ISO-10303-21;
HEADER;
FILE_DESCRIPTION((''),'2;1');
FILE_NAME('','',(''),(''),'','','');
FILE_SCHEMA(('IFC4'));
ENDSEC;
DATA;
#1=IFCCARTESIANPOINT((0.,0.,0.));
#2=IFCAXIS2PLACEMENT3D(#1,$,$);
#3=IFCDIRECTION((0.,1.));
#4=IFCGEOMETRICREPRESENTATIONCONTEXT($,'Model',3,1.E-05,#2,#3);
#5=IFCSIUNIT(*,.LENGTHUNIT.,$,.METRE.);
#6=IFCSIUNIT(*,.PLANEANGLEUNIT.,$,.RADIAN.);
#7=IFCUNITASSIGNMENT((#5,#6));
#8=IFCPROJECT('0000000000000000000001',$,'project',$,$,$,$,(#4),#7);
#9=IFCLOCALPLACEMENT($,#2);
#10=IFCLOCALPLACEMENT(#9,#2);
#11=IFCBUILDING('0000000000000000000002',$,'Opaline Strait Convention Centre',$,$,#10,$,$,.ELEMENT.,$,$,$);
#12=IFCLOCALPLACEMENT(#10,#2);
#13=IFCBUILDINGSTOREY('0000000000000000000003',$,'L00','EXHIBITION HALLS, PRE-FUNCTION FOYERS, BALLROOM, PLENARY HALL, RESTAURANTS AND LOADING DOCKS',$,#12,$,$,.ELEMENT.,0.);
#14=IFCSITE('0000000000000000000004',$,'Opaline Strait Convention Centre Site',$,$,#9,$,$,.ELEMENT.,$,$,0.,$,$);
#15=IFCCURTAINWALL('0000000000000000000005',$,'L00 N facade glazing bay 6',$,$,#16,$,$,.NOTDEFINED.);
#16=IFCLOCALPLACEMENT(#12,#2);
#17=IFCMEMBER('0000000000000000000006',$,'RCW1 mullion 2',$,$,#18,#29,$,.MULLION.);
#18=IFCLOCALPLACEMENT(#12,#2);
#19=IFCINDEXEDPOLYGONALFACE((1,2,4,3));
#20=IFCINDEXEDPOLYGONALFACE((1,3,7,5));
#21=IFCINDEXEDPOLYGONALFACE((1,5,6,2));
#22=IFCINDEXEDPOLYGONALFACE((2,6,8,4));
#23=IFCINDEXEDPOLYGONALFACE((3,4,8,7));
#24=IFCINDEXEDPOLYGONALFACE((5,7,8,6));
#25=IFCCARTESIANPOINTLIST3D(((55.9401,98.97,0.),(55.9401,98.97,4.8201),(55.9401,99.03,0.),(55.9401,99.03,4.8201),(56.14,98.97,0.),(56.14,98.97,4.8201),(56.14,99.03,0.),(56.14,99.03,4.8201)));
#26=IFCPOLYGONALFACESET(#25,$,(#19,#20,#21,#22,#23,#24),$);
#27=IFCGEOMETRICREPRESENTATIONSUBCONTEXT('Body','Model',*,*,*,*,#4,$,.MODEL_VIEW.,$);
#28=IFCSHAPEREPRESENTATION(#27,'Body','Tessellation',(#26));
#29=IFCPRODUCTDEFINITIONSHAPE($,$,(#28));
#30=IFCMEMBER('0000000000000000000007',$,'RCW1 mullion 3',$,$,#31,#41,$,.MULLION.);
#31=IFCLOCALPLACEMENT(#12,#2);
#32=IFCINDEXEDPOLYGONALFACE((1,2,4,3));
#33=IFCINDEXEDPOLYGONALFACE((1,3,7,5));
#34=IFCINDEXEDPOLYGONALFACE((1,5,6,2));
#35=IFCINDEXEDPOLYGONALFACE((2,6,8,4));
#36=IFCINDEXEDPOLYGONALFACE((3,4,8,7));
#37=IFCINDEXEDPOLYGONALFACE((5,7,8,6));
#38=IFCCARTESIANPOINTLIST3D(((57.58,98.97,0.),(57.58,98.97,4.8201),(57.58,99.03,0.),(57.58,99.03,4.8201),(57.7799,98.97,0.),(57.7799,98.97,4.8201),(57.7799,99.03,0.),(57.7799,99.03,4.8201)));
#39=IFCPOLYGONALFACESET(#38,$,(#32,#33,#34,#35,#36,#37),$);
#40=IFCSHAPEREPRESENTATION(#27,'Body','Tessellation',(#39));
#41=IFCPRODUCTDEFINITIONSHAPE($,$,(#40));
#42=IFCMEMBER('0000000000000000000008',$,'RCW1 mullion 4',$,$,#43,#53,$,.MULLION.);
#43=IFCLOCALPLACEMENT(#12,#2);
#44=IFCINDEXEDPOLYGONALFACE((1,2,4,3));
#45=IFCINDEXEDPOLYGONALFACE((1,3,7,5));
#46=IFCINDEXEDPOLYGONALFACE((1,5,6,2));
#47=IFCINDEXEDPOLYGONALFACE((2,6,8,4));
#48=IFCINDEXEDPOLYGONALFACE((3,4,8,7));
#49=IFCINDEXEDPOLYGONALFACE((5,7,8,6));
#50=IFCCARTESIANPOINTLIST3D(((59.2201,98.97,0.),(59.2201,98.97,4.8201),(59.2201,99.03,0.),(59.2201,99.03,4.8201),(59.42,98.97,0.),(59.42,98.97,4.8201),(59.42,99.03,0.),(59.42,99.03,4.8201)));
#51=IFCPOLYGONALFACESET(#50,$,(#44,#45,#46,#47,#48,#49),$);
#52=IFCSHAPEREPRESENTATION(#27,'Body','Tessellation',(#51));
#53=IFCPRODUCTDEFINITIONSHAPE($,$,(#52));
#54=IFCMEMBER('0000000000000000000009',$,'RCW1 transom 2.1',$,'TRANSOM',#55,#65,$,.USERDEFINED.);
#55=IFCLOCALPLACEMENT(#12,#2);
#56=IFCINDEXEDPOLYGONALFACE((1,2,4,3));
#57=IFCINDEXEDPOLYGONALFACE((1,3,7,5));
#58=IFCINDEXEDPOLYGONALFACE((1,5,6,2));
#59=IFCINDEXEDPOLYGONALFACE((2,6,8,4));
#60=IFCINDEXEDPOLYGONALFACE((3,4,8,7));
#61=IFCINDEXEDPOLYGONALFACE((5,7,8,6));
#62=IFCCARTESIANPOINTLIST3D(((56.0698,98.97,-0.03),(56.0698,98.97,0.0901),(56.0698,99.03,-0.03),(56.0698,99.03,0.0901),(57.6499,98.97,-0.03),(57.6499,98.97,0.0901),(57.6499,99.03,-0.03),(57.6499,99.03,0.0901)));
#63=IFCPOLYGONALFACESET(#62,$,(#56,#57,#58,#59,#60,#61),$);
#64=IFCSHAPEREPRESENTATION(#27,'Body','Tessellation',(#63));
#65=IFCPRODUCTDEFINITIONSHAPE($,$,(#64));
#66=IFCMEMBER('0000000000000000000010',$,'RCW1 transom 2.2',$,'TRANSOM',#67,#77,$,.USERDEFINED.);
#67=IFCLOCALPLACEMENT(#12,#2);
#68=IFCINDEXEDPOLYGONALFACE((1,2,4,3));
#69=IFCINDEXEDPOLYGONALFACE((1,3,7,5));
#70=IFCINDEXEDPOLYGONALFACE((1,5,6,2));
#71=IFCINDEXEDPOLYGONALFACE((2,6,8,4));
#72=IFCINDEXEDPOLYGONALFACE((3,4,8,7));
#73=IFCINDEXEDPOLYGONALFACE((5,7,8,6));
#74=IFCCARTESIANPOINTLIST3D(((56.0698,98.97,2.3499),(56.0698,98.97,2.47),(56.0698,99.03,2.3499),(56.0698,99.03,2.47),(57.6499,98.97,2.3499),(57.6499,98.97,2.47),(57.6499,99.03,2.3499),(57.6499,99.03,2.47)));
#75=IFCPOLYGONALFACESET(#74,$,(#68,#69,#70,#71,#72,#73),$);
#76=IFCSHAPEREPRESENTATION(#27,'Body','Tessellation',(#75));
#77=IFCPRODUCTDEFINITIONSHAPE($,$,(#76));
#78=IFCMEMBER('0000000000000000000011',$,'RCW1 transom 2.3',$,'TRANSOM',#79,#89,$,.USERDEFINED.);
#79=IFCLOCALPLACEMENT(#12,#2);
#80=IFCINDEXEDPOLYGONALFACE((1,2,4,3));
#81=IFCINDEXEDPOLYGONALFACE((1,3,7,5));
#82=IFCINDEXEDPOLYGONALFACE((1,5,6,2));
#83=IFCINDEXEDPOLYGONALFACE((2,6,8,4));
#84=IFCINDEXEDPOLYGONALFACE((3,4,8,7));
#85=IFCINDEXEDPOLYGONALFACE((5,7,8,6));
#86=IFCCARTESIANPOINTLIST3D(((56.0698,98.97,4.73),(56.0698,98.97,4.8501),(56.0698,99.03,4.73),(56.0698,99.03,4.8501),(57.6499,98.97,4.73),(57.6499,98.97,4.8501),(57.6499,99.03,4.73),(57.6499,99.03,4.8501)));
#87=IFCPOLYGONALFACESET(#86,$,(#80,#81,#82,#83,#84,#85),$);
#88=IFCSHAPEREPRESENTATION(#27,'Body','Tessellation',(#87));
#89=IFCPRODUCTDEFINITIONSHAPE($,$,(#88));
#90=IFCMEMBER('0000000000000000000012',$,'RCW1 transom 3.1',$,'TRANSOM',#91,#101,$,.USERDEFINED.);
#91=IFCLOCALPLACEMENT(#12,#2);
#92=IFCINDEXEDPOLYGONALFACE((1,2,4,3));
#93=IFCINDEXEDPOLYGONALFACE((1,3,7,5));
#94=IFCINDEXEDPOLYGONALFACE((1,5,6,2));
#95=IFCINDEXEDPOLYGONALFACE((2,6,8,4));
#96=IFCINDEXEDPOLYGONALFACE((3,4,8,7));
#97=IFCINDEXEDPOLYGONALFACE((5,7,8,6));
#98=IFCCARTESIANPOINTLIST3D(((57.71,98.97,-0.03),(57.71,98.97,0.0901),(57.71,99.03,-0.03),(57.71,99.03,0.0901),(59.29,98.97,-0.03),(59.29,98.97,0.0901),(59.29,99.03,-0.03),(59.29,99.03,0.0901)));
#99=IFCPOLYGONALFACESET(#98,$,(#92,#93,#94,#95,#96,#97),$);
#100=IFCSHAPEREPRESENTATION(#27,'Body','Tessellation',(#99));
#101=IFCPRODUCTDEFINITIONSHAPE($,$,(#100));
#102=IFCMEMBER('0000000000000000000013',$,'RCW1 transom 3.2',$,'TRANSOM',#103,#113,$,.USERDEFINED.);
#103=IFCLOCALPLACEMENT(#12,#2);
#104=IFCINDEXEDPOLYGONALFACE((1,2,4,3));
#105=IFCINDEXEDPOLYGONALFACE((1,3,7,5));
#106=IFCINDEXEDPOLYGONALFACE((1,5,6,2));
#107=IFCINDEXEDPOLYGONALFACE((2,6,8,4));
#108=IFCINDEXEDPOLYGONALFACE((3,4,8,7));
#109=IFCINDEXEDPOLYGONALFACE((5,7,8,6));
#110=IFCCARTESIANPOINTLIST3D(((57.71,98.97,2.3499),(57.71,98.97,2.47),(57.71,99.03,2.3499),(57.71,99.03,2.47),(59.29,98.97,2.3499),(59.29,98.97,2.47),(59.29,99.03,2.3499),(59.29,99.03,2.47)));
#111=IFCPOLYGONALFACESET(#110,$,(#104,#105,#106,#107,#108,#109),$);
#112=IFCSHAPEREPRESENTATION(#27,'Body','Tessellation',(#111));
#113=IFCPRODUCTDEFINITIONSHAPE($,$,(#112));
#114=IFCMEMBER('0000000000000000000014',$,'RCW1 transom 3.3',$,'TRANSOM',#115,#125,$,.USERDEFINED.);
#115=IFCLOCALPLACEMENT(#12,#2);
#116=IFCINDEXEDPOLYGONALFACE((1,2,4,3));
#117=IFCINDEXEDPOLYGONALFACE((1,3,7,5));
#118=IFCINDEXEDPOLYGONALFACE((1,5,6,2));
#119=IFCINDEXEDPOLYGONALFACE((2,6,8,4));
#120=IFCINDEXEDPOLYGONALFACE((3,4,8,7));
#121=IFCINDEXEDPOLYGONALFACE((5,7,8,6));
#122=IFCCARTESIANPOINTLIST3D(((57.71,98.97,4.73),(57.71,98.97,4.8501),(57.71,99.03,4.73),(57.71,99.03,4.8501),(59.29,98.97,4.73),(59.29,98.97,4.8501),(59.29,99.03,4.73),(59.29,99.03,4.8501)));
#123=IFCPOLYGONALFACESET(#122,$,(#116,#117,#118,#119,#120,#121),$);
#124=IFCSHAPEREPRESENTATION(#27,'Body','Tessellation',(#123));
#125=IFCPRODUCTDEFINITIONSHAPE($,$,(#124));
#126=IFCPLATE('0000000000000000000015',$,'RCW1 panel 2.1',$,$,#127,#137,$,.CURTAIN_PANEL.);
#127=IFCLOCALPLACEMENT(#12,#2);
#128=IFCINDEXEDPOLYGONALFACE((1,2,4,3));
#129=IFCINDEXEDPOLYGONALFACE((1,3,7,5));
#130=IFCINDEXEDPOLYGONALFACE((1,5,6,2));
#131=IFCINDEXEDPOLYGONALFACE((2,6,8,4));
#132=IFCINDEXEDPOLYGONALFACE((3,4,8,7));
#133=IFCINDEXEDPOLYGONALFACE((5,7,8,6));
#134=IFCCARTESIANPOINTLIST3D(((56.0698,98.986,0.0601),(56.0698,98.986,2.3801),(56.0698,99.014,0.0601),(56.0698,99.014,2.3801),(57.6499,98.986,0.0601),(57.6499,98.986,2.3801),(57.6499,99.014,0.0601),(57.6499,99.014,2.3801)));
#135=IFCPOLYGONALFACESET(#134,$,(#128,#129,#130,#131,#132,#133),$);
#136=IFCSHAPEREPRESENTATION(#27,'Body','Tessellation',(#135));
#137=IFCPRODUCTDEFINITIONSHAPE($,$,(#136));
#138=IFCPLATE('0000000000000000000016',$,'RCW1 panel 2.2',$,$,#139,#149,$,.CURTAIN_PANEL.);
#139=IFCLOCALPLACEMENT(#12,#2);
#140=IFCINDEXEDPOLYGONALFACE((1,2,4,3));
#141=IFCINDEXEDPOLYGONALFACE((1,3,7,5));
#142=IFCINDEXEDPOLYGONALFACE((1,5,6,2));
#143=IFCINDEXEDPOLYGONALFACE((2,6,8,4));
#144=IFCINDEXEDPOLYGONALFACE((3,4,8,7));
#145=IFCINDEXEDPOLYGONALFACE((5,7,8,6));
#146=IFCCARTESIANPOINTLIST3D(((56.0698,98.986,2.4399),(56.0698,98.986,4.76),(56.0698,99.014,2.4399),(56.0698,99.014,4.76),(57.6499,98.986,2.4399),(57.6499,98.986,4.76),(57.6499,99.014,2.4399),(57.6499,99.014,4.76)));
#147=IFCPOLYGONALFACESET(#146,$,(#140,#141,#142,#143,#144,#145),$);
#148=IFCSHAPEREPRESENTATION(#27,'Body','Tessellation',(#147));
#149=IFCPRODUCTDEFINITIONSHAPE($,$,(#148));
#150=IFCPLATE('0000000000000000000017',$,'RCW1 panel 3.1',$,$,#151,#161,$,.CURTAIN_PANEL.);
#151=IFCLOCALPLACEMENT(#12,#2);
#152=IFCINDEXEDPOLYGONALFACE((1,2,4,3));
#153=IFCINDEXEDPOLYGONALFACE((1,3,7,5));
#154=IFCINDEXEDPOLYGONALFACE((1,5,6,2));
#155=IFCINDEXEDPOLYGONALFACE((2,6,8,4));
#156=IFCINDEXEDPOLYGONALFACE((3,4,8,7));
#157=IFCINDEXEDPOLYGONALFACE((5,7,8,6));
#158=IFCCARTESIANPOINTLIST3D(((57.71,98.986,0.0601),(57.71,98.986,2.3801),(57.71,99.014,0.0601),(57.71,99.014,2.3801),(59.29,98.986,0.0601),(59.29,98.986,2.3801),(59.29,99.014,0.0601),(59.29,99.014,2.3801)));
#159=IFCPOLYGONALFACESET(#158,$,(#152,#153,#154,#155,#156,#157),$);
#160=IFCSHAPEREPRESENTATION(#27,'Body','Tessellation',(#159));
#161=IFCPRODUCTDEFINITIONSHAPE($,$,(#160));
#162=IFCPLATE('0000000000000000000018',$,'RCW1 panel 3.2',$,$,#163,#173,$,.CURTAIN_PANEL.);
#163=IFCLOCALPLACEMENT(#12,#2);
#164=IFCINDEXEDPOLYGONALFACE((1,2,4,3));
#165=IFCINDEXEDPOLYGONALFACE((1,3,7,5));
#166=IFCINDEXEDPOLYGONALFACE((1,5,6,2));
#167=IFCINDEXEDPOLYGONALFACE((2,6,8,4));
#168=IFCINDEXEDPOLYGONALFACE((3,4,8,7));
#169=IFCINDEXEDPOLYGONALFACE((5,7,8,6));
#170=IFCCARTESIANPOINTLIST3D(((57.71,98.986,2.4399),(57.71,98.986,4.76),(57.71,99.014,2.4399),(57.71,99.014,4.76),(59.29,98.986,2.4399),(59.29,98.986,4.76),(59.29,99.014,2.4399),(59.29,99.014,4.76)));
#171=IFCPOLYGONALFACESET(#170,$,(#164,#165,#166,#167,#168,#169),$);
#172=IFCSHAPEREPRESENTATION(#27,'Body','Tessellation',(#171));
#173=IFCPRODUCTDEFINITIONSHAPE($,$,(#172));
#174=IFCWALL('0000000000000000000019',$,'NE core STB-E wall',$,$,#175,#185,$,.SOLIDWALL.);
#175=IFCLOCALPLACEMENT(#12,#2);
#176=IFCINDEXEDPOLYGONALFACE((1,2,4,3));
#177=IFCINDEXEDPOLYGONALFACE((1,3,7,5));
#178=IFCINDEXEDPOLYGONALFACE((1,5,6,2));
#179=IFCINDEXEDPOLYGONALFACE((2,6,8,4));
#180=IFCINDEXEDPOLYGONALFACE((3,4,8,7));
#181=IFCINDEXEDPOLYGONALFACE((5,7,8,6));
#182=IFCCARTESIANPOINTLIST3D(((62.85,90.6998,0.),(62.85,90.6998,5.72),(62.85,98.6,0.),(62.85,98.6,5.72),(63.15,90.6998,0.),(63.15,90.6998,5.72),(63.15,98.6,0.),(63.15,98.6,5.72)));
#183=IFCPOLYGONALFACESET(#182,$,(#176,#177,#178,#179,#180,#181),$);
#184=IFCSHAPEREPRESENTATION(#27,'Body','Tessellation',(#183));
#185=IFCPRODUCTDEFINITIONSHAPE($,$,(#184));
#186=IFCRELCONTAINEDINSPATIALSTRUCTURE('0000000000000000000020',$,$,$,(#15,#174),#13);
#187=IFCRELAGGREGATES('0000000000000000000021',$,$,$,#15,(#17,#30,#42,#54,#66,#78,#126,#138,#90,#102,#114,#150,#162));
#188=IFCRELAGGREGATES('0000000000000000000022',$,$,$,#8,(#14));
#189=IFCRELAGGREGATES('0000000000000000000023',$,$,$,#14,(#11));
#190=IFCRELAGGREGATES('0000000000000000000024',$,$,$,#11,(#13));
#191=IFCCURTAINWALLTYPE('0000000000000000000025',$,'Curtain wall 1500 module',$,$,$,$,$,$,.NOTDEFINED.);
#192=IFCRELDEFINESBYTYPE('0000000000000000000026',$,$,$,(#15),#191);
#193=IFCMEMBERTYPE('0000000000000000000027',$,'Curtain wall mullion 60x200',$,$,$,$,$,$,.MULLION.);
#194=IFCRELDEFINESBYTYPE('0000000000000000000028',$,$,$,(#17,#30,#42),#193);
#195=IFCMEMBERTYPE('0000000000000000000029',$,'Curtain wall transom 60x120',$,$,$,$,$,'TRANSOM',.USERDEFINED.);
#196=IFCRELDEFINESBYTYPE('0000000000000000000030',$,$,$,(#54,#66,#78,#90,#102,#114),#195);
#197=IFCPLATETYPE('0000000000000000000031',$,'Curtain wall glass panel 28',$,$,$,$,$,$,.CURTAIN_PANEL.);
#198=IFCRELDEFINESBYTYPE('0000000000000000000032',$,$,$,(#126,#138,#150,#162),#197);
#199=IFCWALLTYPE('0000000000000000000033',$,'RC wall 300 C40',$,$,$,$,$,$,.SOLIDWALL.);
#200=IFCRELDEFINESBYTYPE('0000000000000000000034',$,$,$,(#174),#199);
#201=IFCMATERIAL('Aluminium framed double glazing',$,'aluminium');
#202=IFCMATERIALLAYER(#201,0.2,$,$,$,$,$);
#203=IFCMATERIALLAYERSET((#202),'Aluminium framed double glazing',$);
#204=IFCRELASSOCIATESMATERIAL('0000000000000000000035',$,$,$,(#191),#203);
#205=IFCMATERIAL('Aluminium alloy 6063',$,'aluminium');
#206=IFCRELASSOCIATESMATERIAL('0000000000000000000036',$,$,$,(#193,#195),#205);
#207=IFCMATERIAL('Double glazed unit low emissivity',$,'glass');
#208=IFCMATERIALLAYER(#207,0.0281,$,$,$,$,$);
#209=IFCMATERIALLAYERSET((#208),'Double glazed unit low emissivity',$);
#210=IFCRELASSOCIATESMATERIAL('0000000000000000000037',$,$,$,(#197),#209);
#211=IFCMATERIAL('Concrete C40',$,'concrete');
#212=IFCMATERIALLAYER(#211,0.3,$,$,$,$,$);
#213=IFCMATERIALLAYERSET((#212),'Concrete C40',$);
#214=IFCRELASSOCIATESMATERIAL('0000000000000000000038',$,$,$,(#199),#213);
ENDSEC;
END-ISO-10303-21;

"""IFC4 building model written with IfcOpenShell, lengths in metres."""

from ifc_helpers import new_model, si_unit, direction, frame, frame_2d, origin, origin_2d, place, context, subcontext, project, spatial, rectangle, extrude, material, layer, layer_set, material_profile, profile_set, type_object, element, aggregate, save


model = new_model("IFC4")

# Units and contexts
model_context = context("Model", 3, precision=1e-05, world=origin(), true_north=direction((0.0, 1.0)))
body_context = subcontext(model_context, "Body", "Model", "MODEL_VIEW")
ifc_project = project(units=[si_unit("LENGTHUNIT", "METRE"), si_unit("PLANEANGLEUNIT", "RADIAN")], contexts=[model_context])

# Site, building, storey
site_placement = place(None, origin())
site = spatial("IfcSite", under=ifc_project, at=site_placement, Name="Opaline Strait Convention Centre Site", CompositionType="ELEMENT", RefElevation=0.0)
building_placement = place(site_placement, origin())
building = spatial("IfcBuilding", under=site, at=building_placement, Name="Opaline Strait Convention Centre", CompositionType="ELEMENT")
storey_placement = place(building_placement, origin())
storey = spatial("IfcBuildingStorey", under=building, at=storey_placement, Name="L00", Description="EXHIBITION HALLS, PRE-FUNCTION FOYERS, BALLROOM, PLENARY HALL, RESTAURANTS AND LOADING DOCKS", CompositionType="ELEMENT", Elevation=0.0)

# Shared definitions
ifc_material_1 = material(Name="Concrete C40", Category="concrete")

# Curtain wall, members, plates
ifc_material_2 = material(Name="Aluminium framed double glazing", Category="aluminium")
ifc_layer_1 = layer(ifc_material_2, 0.2)
ifc_layer_set_1 = layer_set([ifc_layer_1], Name="Aluminium framed double glazing")
curtain_wall_type = type_object("IfcCurtainWallType", Name="Curtain wall 1500 module", PredefinedType="NOTDEFINED", material=ifc_layer_set_1)
curtain_wall_placement = place(storey_placement, origin())
curtain_wall = element("IfcCurtainWall", 1, at=curtain_wall_placement, inside=storey, type_object=curtain_wall_type, Name="L00 N facade glazing bay 6", PredefinedType="NOTDEFINED")
ifc_material_3 = material(Name="Aluminium alloy 6063", Category="aluminium")
ifc_material_profile_1 = material_profile(ifc_material_3, rectangle(XDim=0.0601, YDim=0.2, at=origin_2d()), Name="Curtain wall mullion 60x200")
ifc_profile_set_1 = profile_set([ifc_material_profile_1], Name="Aluminium alloy 6063")
member_type_1 = type_object("IfcMemberType", Name="Curtain wall mullion 60x200", PredefinedType="MULLION", material=ifc_profile_set_1)
member_1_placement = place(storey_placement, frame((56.04, 99.0, 0.0), z_axis=(0.0, 0.0, 1.0), x_axis=(0.0, 1.0, 0.0)))
member_1 = element("IfcMember", 2, at=member_1_placement, type_object=member_type_1, Name="RCW1 mullion 2", PredefinedType="MULLION", context=body_context, shape_type="SweptSolid", body=[
    extrude(rectangle(XDim=0.0601, YDim=0.2, at=origin_2d()), origin(), (0.0, 0.0, 1.0), 4.8201),
])
member_2_placement = place(storey_placement, frame((57.6799, 99.0, 0.0), z_axis=(0.0, 0.0, 1.0), x_axis=(0.0, 1.0, 0.0)))
member_2 = element("IfcMember", 3, at=member_2_placement, type_object=member_type_1, Name="RCW1 mullion 3", PredefinedType="MULLION", context=body_context, shape_type="SweptSolid", body=[
    extrude(rectangle(XDim=0.0601, YDim=0.2, at=origin_2d()), origin(), (0.0, 0.0, 1.0), 4.8201),
])
member_3_placement = place(storey_placement, frame((59.3201, 99.0, 0.0), z_axis=(0.0, 0.0, 1.0), x_axis=(0.0, 1.0, 0.0)))
member_3 = element("IfcMember", 4, at=member_3_placement, type_object=member_type_1, Name="RCW1 mullion 4", PredefinedType="MULLION", context=body_context, shape_type="SweptSolid", body=[
    extrude(rectangle(XDim=0.0601, YDim=0.2, at=origin_2d()), origin(), (0.0, 0.0, 1.0), 4.8201),
])
ifc_material_profile_2 = material_profile(ifc_material_3, rectangle(XDim=0.0601, YDim=0.1201, at=origin_2d()), Name="Curtain wall transom 60x120")
ifc_profile_set_2 = profile_set([ifc_material_profile_2], Name="Aluminium alloy 6063")
member_type_2 = type_object("IfcMemberType", Name="Curtain wall transom 60x120", ElementType="TRANSOM", PredefinedType="USERDEFINED", material=ifc_profile_set_2)
member_4_placement = place(storey_placement, frame((56.0698, 99.0, 0.03), z_axis=(1.0, 0.0, 0.0), x_axis=(0.0, 1.0, 0.0)))
member_4 = element("IfcMember", 5, at=member_4_placement, type_object=member_type_2, Name="RCW1 transom 2.1", ObjectType="TRANSOM", PredefinedType="USERDEFINED", context=body_context, shape_type="SweptSolid", body=[
    extrude(rectangle(XDim=0.0601, YDim=0.1201, at=origin_2d()), origin(), (0.0, 0.0, 1.0), 1.5801),
])
member_5_placement = place(storey_placement, frame((56.0698, 99.0, 2.4099), z_axis=(1.0, 0.0, 0.0), x_axis=(0.0, 1.0, 0.0)))
member_5 = element("IfcMember", 6, at=member_5_placement, type_object=member_type_2, Name="RCW1 transom 2.2", ObjectType="TRANSOM", PredefinedType="USERDEFINED", context=body_context, shape_type="SweptSolid", body=[
    extrude(rectangle(XDim=0.0601, YDim=0.1201, at=origin_2d()), origin(), (0.0, 0.0, 1.0), 1.5801),
])
member_6_placement = place(storey_placement, frame((56.0698, 99.0, 4.79), z_axis=(1.0, 0.0, 0.0), x_axis=(0.0, 1.0, 0.0)))
member_6 = element("IfcMember", 7, at=member_6_placement, type_object=member_type_2, Name="RCW1 transom 2.3", ObjectType="TRANSOM", PredefinedType="USERDEFINED", context=body_context, shape_type="SweptSolid", body=[
    extrude(rectangle(XDim=0.0601, YDim=0.1201, at=origin_2d()), origin(), (0.0, 0.0, 1.0), 1.5801),
])
member_7_placement = place(storey_placement, frame((57.71, 99.0, 0.03), z_axis=(1.0, 0.0, 0.0), x_axis=(0.0, 1.0, 0.0)))
member_7 = element("IfcMember", 8, at=member_7_placement, type_object=member_type_2, Name="RCW1 transom 3.1", ObjectType="TRANSOM", PredefinedType="USERDEFINED", context=body_context, shape_type="SweptSolid", body=[
    extrude(rectangle(XDim=0.0601, YDim=0.1201, at=origin_2d()), origin(), (0.0, 0.0, 1.0), 1.5801),
])
member_8_placement = place(storey_placement, frame((57.71, 99.0, 2.4099), z_axis=(1.0, 0.0, 0.0), x_axis=(0.0, 1.0, 0.0)))
member_8 = element("IfcMember", 9, at=member_8_placement, type_object=member_type_2, Name="RCW1 transom 3.2", ObjectType="TRANSOM", PredefinedType="USERDEFINED", context=body_context, shape_type="SweptSolid", body=[
    extrude(rectangle(XDim=0.0601, YDim=0.1201, at=origin_2d()), origin(), (0.0, 0.0, 1.0), 1.5801),
])
member_9_placement = place(storey_placement, frame((57.71, 99.0, 4.79), z_axis=(1.0, 0.0, 0.0), x_axis=(0.0, 1.0, 0.0)))
member_9 = element("IfcMember", 10, at=member_9_placement, type_object=member_type_2, Name="RCW1 transom 3.3", ObjectType="TRANSOM", PredefinedType="USERDEFINED", context=body_context, shape_type="SweptSolid", body=[
    extrude(rectangle(XDim=0.0601, YDim=0.1201, at=origin_2d()), origin(), (0.0, 0.0, 1.0), 1.5801),
])
ifc_material_4 = material(Name="Double glazed unit low emissivity", Category="glass")
ifc_layer_2 = layer(ifc_material_4, 0.0281)
ifc_layer_set_2 = layer_set([ifc_layer_2], Name="Double glazed unit low emissivity")
plate_type = type_object("IfcPlateType", Name="Curtain wall glass panel 28", PredefinedType="CURTAIN_PANEL", material=ifc_layer_set_2)
plate_1_placement = place(storey_placement, frame((56.8599, 99.0, 0.0601), z_axis=(0.0, 0.0, 1.0), x_axis=(1.0, 0.0, 0.0)))
plate_1 = element("IfcPlate", 11, at=plate_1_placement, type_object=plate_type, Name="RCW1 panel 2.1", PredefinedType="CURTAIN_PANEL", context=body_context, shape_type="SweptSolid", body=[
    extrude(rectangle(XDim=1.5801, YDim=0.0281, at=origin_2d()), origin(), (0.0, 0.0, 1.0), 2.3201),
])
plate_2_placement = place(storey_placement, frame((56.8599, 99.0, 2.4399), z_axis=(0.0, 0.0, 1.0), x_axis=(1.0, 0.0, 0.0)))
plate_2 = element("IfcPlate", 12, at=plate_2_placement, type_object=plate_type, Name="RCW1 panel 2.2", PredefinedType="CURTAIN_PANEL", context=body_context, shape_type="SweptSolid", body=[
    extrude(rectangle(XDim=1.5801, YDim=0.0281, at=origin_2d()), origin(), (0.0, 0.0, 1.0), 2.3201),
])
plate_3_placement = place(storey_placement, frame((58.5, 99.0, 0.0601), z_axis=(0.0, 0.0, 1.0), x_axis=(1.0, 0.0, 0.0)))
plate_3 = element("IfcPlate", 13, at=plate_3_placement, type_object=plate_type, Name="RCW1 panel 3.1", PredefinedType="CURTAIN_PANEL", context=body_context, shape_type="SweptSolid", body=[
    extrude(rectangle(XDim=1.5801, YDim=0.0281, at=origin_2d()), origin(), (0.0, 0.0, 1.0), 2.3201),
])
plate_4_placement = place(storey_placement, frame((58.5, 99.0, 2.4399), z_axis=(0.0, 0.0, 1.0), x_axis=(1.0, 0.0, 0.0)))
plate_4 = element("IfcPlate", 14, at=plate_4_placement, type_object=plate_type, Name="RCW1 panel 3.2", PredefinedType="CURTAIN_PANEL", context=body_context, shape_type="SweptSolid", body=[
    extrude(rectangle(XDim=1.5801, YDim=0.0281, at=origin_2d()), origin(), (0.0, 0.0, 1.0), 2.3201),
])
aggregate(curtain_wall, [member_1, member_2, member_3, member_4, member_5, member_6, plate_1, plate_2, member_7, member_8, member_9, plate_3, plate_4])

# Wall
ifc_layer_3 = layer(ifc_material_1, 0.3)
ifc_layer_set_3 = layer_set([ifc_layer_3], Name="Concrete C40")
wall_type = type_object("IfcWallType", Name="RC wall 300 C40", PredefinedType="SOLIDWALL", material=ifc_layer_set_3)
wall_1_placement = place(storey_placement, frame((63.0, 98.6001, 0.0), z_axis=(0.0, 0.0, 1.0), x_axis=(0.0, -1.0, 0.0)))
element("IfcWall", 15, at=wall_1_placement, inside=storey, type_object=wall_type, Name="NE core STB-E wall", PredefinedType="SOLIDWALL", context=body_context, shape_type="SweptSolid", body=[
    extrude(rectangle(XDim=7.9001, YDim=0.3, at=frame_2d((3.9502, 0.0))), origin(), (0.0, 0.0, 1.0), 5.72),
])

save(model, "model.ifc")
